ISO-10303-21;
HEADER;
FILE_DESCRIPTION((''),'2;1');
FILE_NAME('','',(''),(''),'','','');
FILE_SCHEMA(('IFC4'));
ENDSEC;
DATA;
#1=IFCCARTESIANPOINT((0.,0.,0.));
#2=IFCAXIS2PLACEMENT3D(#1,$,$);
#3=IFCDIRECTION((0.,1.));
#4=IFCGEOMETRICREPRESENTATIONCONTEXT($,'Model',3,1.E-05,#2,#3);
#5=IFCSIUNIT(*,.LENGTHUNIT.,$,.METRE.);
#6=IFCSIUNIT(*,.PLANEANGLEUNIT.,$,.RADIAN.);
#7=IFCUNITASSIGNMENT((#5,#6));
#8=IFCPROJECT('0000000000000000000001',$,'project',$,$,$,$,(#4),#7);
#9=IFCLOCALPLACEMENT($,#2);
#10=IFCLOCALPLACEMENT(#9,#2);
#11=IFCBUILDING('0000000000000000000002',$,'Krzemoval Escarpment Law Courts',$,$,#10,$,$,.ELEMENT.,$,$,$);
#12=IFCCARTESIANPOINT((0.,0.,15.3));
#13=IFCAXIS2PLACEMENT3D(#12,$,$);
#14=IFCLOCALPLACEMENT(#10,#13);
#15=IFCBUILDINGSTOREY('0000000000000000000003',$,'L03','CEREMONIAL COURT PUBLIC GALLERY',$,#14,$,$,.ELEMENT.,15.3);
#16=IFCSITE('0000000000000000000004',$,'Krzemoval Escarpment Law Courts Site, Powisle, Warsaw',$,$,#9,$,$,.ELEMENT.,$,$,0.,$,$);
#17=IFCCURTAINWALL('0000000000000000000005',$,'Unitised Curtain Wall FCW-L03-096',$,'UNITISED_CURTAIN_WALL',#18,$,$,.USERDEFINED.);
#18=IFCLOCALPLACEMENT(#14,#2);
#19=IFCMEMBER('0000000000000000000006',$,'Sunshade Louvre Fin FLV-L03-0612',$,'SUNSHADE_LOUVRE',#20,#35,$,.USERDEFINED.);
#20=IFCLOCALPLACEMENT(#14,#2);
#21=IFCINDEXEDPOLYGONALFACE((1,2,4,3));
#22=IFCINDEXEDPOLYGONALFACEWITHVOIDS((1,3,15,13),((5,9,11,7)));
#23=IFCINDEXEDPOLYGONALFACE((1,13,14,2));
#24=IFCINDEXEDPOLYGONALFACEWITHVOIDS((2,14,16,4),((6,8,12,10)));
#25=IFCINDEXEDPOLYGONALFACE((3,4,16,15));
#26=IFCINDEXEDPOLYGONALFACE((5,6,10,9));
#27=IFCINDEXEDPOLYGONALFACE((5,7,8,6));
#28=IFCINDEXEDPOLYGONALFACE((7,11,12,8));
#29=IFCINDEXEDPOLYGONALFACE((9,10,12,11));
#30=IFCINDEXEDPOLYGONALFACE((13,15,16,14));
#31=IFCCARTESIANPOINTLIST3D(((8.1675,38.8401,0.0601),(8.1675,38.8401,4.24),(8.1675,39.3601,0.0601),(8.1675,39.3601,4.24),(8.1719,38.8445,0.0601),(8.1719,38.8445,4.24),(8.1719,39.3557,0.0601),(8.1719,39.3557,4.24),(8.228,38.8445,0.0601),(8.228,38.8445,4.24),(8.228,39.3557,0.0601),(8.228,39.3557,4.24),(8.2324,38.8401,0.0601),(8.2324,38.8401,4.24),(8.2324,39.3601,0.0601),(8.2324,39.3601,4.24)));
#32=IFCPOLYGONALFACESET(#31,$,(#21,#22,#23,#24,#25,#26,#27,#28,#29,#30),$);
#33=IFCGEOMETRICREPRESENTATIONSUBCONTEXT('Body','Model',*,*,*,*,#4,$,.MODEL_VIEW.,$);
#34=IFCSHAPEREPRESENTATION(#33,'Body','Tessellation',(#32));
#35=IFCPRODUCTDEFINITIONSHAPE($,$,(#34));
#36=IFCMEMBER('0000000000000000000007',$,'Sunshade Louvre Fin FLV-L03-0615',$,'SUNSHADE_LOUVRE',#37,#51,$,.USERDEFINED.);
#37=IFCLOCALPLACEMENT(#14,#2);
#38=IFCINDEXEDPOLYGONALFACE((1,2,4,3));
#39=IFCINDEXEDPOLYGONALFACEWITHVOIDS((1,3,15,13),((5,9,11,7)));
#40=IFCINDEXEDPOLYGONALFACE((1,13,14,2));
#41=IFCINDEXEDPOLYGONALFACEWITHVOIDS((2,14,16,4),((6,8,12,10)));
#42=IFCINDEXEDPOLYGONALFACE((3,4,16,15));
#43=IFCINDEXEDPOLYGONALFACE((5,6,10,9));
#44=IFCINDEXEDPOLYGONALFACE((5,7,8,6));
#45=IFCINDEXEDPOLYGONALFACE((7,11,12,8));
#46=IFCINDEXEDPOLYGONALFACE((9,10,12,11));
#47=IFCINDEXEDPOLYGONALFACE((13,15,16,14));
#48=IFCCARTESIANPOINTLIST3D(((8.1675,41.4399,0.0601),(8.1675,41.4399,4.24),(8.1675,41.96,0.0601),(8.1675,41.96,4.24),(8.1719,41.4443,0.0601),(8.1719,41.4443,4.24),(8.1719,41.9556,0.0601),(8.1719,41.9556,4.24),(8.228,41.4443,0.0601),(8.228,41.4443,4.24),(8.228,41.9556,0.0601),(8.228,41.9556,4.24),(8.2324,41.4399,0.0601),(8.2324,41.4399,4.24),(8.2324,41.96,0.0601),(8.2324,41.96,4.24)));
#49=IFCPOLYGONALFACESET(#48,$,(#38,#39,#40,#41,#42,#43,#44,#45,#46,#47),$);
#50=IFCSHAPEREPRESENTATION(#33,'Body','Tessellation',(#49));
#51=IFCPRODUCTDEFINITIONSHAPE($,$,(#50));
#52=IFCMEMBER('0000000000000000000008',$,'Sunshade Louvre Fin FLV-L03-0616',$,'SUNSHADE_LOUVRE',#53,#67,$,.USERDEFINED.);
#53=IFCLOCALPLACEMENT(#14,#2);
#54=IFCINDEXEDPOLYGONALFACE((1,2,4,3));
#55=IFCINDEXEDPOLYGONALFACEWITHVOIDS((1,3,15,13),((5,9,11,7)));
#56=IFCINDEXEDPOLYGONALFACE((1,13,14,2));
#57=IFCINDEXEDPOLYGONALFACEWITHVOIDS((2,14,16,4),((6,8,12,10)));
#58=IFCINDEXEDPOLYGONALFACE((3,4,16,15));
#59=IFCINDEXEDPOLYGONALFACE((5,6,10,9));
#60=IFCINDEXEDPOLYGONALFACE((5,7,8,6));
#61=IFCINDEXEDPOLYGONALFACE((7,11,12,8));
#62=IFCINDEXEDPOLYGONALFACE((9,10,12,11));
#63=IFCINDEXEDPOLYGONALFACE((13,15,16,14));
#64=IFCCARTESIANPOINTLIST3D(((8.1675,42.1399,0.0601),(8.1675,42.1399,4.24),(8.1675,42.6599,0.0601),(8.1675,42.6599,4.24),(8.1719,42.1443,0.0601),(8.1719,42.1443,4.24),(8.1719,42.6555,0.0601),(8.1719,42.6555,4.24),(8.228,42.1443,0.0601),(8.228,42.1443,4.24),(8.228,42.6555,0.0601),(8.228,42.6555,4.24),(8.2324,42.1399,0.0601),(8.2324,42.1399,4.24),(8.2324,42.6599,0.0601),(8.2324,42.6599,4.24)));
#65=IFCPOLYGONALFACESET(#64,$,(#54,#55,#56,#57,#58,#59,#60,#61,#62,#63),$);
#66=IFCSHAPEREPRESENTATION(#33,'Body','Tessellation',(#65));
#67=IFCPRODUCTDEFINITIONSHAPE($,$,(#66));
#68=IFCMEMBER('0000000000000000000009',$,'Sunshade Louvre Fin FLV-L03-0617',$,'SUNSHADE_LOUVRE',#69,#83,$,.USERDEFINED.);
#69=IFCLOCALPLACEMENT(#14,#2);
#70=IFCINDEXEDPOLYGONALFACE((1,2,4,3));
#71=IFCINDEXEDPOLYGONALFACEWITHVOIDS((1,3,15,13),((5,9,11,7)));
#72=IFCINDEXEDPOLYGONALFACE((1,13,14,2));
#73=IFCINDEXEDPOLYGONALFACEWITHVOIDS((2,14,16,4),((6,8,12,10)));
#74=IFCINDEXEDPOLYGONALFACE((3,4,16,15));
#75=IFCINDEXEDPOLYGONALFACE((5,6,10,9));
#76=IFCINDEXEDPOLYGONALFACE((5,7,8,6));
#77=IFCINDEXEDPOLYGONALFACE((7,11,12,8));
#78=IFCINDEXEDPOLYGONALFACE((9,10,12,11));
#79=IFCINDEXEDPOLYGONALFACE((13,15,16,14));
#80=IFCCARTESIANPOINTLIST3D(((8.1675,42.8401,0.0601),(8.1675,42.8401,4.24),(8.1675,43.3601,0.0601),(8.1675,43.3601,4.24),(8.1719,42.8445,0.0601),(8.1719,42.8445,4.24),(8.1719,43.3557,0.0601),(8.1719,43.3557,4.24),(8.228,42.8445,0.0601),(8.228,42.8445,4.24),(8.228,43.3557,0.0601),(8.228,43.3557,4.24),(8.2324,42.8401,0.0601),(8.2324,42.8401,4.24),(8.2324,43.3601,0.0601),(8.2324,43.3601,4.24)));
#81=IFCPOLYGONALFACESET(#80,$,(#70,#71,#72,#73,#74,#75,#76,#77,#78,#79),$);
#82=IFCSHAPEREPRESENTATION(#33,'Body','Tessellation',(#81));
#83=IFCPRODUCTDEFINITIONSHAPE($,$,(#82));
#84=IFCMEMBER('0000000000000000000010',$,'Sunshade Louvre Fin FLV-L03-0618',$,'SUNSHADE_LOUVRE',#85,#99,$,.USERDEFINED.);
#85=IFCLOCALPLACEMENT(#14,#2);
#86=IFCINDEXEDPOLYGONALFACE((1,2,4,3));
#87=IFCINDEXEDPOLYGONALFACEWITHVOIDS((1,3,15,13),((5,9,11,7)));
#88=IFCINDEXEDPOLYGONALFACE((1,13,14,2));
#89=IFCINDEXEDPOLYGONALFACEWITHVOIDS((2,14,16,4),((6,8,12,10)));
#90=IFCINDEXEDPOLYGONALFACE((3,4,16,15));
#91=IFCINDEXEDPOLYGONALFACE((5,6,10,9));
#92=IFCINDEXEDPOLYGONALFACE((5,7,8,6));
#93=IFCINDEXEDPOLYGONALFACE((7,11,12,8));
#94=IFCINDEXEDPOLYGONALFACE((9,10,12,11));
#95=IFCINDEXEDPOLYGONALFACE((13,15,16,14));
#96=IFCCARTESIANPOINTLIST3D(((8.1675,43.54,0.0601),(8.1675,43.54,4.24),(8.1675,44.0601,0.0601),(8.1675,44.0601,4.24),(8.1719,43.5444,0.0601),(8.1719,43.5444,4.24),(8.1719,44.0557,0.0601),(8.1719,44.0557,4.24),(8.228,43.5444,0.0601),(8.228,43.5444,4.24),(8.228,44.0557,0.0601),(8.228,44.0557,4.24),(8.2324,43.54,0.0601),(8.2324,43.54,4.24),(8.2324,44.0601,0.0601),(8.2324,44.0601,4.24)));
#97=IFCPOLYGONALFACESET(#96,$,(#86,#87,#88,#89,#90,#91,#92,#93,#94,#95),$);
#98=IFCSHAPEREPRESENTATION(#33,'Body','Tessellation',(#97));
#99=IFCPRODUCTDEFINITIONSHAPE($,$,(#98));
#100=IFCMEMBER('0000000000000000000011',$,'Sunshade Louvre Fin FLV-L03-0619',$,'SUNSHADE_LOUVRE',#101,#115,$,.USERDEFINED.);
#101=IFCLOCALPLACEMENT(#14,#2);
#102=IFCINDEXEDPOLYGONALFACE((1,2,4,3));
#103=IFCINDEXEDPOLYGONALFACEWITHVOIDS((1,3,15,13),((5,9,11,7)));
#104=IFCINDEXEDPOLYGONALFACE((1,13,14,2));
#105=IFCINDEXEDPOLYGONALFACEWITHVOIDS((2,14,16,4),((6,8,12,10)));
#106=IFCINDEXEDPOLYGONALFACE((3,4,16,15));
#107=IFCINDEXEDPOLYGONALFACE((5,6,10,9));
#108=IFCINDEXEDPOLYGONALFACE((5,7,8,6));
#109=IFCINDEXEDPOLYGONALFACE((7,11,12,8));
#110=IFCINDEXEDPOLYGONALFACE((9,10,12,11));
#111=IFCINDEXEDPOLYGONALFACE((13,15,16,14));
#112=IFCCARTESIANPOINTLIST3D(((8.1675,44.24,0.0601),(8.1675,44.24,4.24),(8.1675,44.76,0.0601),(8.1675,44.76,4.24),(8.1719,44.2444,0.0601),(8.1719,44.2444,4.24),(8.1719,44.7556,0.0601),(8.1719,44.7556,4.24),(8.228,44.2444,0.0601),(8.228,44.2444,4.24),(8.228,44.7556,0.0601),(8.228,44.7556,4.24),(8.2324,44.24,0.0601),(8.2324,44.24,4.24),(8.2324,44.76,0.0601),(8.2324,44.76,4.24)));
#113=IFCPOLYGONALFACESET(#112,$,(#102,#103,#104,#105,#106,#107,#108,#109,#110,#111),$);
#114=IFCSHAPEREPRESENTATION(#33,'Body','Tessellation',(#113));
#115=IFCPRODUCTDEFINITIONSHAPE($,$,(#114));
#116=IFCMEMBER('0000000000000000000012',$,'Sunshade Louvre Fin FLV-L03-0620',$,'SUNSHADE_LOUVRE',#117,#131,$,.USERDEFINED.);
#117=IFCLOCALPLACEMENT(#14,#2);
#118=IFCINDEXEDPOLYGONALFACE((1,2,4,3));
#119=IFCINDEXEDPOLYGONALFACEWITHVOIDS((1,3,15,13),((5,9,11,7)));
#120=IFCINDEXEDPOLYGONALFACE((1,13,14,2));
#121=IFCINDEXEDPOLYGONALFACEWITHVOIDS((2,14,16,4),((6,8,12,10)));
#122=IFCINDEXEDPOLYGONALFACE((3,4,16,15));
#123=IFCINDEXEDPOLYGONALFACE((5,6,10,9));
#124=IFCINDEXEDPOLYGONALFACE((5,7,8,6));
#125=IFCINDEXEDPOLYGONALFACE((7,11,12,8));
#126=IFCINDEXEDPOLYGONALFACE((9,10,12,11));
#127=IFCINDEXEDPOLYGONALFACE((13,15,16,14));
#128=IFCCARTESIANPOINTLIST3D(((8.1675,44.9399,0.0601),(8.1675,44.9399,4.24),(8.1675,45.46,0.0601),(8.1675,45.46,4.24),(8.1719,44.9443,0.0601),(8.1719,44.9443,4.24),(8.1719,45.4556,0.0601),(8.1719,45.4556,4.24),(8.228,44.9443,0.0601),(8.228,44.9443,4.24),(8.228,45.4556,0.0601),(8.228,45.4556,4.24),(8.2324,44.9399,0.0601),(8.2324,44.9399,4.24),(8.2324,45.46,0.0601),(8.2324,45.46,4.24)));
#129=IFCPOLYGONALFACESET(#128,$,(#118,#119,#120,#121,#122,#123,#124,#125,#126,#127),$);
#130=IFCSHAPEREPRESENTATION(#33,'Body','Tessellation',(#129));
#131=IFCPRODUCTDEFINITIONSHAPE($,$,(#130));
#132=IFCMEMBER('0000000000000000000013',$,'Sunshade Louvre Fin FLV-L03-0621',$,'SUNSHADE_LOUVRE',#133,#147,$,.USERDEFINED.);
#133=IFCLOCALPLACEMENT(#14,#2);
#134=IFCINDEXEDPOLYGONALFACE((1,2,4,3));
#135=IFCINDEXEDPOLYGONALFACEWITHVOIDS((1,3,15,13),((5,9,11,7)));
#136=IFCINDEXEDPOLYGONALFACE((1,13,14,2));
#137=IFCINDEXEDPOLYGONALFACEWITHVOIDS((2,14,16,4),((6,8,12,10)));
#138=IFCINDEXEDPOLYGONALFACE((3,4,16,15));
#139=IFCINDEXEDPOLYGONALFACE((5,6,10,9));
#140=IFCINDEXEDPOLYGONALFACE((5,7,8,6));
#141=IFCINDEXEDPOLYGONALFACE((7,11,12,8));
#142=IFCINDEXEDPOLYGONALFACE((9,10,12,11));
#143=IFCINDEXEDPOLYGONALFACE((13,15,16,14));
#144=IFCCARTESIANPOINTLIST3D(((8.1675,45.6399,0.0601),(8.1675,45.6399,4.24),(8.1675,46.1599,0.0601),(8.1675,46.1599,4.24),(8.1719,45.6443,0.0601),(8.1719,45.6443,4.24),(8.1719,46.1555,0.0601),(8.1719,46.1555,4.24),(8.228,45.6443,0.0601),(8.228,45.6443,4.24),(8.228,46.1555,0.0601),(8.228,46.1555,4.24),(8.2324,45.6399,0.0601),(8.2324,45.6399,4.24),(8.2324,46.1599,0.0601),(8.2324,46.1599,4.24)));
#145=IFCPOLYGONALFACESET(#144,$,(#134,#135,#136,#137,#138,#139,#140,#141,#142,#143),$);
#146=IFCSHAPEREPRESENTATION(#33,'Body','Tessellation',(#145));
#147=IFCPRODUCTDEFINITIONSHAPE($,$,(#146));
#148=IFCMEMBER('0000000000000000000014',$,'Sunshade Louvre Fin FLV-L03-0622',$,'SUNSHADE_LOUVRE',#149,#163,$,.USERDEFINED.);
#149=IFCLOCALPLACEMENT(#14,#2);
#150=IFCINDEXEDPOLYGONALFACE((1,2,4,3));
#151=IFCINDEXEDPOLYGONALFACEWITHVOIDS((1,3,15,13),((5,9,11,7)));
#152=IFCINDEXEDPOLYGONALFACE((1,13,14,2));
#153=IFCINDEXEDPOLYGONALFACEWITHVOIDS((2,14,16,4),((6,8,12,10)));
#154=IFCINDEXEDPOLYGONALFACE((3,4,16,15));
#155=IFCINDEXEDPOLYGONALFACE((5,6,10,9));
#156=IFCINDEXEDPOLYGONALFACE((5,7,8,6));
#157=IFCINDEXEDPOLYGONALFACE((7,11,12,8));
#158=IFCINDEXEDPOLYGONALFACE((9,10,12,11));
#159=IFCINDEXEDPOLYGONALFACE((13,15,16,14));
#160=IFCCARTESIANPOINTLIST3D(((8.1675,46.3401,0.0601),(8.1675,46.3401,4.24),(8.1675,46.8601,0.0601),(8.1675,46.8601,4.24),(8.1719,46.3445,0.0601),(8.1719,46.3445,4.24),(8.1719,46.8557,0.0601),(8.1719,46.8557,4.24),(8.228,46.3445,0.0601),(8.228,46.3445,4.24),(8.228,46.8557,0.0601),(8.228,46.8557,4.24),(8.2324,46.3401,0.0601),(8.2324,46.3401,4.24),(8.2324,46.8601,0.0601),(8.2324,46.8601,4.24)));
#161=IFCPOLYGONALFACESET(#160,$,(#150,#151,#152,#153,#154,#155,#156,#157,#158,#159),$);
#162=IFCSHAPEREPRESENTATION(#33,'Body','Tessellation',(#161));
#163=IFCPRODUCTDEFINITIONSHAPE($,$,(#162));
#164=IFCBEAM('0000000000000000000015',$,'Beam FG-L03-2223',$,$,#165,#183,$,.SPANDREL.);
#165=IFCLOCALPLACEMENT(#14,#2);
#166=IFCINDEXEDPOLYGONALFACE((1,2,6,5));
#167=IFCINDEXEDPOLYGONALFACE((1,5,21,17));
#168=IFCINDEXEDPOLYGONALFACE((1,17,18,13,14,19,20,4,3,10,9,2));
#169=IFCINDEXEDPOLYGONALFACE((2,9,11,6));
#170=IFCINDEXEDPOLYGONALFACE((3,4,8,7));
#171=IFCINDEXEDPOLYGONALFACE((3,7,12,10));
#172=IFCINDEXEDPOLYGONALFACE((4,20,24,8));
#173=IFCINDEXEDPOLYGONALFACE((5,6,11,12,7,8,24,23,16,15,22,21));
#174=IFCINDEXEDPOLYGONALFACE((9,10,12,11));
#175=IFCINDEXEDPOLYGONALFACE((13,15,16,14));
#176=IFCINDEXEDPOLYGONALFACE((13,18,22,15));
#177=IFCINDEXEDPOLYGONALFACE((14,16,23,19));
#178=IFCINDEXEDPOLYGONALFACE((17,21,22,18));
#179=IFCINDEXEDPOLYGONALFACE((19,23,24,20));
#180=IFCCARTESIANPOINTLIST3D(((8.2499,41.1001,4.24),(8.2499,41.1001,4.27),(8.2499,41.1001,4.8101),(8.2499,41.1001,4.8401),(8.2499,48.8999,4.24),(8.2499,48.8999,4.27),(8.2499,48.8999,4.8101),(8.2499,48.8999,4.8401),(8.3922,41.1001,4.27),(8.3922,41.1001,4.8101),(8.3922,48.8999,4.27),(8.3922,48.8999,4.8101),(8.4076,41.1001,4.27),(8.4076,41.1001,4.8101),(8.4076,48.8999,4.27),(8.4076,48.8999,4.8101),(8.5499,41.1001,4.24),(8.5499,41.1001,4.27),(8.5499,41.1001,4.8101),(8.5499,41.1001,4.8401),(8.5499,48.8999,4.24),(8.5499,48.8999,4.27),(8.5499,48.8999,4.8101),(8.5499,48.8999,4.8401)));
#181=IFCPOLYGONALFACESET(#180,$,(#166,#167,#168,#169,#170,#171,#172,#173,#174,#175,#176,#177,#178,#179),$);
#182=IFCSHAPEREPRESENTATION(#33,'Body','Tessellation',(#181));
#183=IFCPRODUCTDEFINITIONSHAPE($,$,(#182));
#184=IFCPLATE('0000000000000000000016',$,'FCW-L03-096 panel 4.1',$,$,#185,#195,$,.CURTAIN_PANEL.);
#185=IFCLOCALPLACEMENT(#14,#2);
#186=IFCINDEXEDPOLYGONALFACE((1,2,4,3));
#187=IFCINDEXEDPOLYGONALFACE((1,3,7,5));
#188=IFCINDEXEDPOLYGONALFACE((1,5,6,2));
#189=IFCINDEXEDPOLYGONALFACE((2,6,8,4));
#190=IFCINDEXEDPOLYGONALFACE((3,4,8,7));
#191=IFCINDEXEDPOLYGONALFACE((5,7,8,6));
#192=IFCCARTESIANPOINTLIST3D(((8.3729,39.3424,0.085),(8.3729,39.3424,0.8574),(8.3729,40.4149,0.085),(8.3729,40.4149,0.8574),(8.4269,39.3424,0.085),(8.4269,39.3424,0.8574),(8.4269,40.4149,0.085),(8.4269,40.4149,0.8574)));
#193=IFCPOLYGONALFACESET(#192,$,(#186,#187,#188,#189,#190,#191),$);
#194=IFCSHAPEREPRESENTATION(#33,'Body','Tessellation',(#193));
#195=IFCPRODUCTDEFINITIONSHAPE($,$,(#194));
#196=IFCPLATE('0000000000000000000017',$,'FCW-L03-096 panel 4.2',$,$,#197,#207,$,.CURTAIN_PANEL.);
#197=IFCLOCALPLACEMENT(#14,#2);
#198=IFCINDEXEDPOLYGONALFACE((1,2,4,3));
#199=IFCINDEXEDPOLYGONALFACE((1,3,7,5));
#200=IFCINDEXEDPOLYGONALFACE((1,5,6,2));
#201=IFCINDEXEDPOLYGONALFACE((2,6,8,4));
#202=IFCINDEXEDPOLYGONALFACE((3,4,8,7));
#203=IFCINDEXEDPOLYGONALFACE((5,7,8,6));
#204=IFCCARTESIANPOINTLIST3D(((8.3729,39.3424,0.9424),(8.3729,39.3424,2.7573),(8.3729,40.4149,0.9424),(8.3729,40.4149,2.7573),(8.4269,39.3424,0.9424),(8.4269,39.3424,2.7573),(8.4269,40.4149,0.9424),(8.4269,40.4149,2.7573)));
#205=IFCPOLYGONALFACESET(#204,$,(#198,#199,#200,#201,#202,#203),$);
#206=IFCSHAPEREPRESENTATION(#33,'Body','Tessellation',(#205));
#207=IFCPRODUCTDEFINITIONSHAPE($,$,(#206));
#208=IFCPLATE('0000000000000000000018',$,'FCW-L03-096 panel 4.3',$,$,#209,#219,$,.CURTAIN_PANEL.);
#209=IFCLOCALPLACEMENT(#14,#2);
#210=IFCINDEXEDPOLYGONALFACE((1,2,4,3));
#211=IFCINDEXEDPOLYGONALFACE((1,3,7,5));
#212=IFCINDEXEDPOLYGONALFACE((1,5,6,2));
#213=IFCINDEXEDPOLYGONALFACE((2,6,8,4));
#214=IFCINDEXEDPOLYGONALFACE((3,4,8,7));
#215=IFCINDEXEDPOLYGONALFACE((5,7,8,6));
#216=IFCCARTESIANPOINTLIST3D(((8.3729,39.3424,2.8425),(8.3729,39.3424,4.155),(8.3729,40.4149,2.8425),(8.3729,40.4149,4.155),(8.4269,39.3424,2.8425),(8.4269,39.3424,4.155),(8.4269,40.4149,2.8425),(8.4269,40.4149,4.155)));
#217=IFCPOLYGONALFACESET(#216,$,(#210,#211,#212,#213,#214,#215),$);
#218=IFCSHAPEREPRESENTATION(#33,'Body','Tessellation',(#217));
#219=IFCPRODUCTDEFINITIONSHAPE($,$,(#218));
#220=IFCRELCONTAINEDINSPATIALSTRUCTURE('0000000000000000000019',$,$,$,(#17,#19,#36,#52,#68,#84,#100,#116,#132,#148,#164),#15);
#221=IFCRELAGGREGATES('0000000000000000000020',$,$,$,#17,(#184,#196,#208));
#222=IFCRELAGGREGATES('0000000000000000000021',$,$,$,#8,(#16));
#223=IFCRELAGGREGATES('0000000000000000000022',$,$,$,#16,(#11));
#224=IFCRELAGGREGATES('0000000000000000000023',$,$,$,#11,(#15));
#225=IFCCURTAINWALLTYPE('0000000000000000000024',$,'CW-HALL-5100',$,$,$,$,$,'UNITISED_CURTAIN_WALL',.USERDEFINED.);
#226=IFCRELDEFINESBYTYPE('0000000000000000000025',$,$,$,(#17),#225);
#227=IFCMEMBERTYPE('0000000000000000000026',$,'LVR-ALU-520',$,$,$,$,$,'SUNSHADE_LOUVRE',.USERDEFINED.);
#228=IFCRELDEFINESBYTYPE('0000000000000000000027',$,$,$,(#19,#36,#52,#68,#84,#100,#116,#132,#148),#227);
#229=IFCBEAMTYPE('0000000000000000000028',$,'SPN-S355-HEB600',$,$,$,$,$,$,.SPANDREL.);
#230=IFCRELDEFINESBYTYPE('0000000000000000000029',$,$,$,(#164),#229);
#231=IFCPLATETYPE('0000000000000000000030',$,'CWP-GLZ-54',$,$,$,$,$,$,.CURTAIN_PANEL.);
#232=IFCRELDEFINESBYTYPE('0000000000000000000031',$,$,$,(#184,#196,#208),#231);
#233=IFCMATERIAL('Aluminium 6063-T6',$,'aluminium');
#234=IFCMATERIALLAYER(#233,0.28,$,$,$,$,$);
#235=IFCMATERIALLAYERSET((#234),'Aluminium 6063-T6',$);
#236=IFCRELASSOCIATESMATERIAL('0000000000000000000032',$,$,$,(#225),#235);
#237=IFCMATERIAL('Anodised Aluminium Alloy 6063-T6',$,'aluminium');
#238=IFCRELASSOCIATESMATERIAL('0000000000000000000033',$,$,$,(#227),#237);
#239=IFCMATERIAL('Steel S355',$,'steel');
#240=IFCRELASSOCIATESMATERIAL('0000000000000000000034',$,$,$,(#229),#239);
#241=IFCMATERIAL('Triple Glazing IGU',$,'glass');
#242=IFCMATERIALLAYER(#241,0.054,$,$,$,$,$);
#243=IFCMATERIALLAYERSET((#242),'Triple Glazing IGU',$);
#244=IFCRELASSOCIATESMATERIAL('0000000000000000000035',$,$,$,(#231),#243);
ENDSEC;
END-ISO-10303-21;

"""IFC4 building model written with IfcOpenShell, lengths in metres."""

from ifc_helpers import new_model, si_unit, direction, frame, origin, origin_2d, place, context, subcontext, project, spatial, rectangle, hollow_rectangle, i_section, extrude, material, layer, layer_set, material_profile, profile_set, type_object, element, aggregate, save


model = new_model("IFC4")

# Units and contexts
model_context = context("Model", 3, precision=1e-05, world=origin(), true_north=direction((0.0, 1.0)))
body_context = subcontext(model_context, "Body", "Model", "MODEL_VIEW")
ifc_project = project(units=[si_unit("LENGTHUNIT", "METRE"), si_unit("PLANEANGLEUNIT", "RADIAN")], contexts=[model_context])

# Site, building, storey
site_placement = place(None, origin())
site = spatial("IfcSite", under=ifc_project, at=site_placement, Name="Krzemoval Escarpment Law Courts Site, Powisle, Warsaw", CompositionType="ELEMENT", RefElevation=0.0)
building_placement = place(site_placement, origin())
building = spatial("IfcBuilding", under=site, at=building_placement, Name="Krzemoval Escarpment Law Courts", CompositionType="ELEMENT")
storey_placement = place(building_placement, frame((0.0, 0.0, 15.3)))
storey = spatial("IfcBuildingStorey", under=building, at=storey_placement, Name="L03", Description="CEREMONIAL COURT PUBLIC GALLERY", CompositionType="ELEMENT", Elevation=15.3)

# Curtain wall
ifc_material_1 = material(Name="Aluminium 6063-T6", Category="aluminium")
ifc_layer_1 = layer(ifc_material_1, 0.28)
ifc_layer_set_1 = layer_set([ifc_layer_1], Name="Aluminium 6063-T6")
curtain_wall_type = type_object("IfcCurtainWallType", Name="CW-HALL-5100", ElementType="UNITISED_CURTAIN_WALL", PredefinedType="USERDEFINED", material=ifc_layer_set_1)
curtain_wall_1_placement = place(storey_placement, origin())
curtain_wall_1 = element("IfcCurtainWall", 1, at=curtain_wall_1_placement, inside=storey, type_object=curtain_wall_type, Name="Unitised Curtain Wall FCW-L03-096", ObjectType="UNITISED_CURTAIN_WALL", PredefinedType="USERDEFINED")

# Members
ifc_material_2 = material(Name="Anodised Aluminium Alloy 6063-T6", Category="aluminium")
ifc_material_profile_1 = material_profile(ifc_material_2, hollow_rectangle(XDim=0.0649, YDim=0.52, WallThickness=0.0044, at=origin_2d()), Name="ALU LVR 65x520")
ifc_profile_set_1 = profile_set([ifc_material_profile_1], Name="Anodised Aluminium Alloy 6063-T6")
member_type_1 = type_object("IfcMemberType", Name="LVR-ALU-520", ElementType="SUNSHADE_LOUVRE", PredefinedType="USERDEFINED", material=ifc_profile_set_1)
for number, where, z_axis, x_axis, name in (
    (2, (8.2, 39.1001, 0.0601), (0.0, 0.0, 1.0), (1.0, 0.0, 0.0), "Sunshade Louvre Fin FLV-L03-0612"),
    (3, (8.2, 41.7, 0.0601), (0.0, 0.0, 1.0), (1.0, 0.0, 0.0), "Sunshade Louvre Fin FLV-L03-0615"),
    (4, (8.2, 42.3999, 0.0601), (0.0, 0.0, 1.0), (1.0, 0.0, 0.0), "Sunshade Louvre Fin FLV-L03-0616"),
    (5, (8.2, 43.1001, 0.0601), (0.0, 0.0, 1.0), (1.0, 0.0, 0.0), "Sunshade Louvre Fin FLV-L03-0617"),
    (6, (8.2, 43.8, 0.0601), (0.0, 0.0, 1.0), (1.0, 0.0, 0.0), "Sunshade Louvre Fin FLV-L03-0618"),
    (7, (8.2, 44.5, 0.0601), (0.0, 0.0, 1.0), (1.0, 0.0, 0.0), "Sunshade Louvre Fin FLV-L03-0619"),
    (8, (8.2, 45.2, 0.0601), (0.0, 0.0, 1.0), (1.0, 0.0, 0.0), "Sunshade Louvre Fin FLV-L03-0620"),
    (9, (8.2, 45.8999, 0.0601), (0.0, 0.0, 1.0), (1.0, 0.0, 0.0), "Sunshade Louvre Fin FLV-L03-0621"),
    (10, (8.2, 46.6001, 0.0601), (0.0, 0.0, 1.0), (1.0, 0.0, 0.0), "Sunshade Louvre Fin FLV-L03-0622"),
):
    element("IfcMember", number, at=place(storey_placement, frame(where, z_axis=z_axis, x_axis=x_axis)), inside=storey, type_object=member_type_1, Name=name, ObjectType="SUNSHADE_LOUVRE", PredefinedType="USERDEFINED", context=body_context, shape_type="SweptSolid", body=[
        extrude(hollow_rectangle(XDim=0.0649, YDim=0.52, WallThickness=0.0044, at=origin_2d()), origin(), (0.0, 0.0, 1.0), 4.1799),
    ])

# Beam
ifc_material_3 = material(Name="Steel S355", Category="steel")
ifc_material_profile_2 = material_profile(ifc_material_3, i_section(OverallWidth=0.3, OverallDepth=0.6001, WebThickness=0.0154, FlangeThickness=0.03, at=origin_2d()), Name="HEB 600")
ifc_profile_set_2 = profile_set([ifc_material_profile_2], Name="Steel S355")
beam_type = type_object("IfcBeamType", Name="SPN-S355-HEB600", PredefinedType="SPANDREL", material=ifc_profile_set_2)
beam_placement = place(storey_placement, frame((8.3999, 41.1001, 4.54), z_axis=(0.0, 1.0, 0.0), x_axis=(-1.0, 0.0, 0.0)))
element("IfcBeam", 11, at=beam_placement, inside=storey, type_object=beam_type, Name="Beam FG-L03-2223", PredefinedType="SPANDREL", context=body_context, shape_type="SweptSolid", body=[
    extrude(i_section(OverallWidth=0.3, OverallDepth=0.6001, WebThickness=0.0154, FlangeThickness=0.03, at=origin_2d()), origin(), (0.0, 0.0, 1.0), 7.7998),
])

# Plates
ifc_material_4 = material(Name="Triple Glazing IGU", Category="glass")
ifc_layer_2 = layer(ifc_material_4, 0.054)
ifc_layer_set_2 = layer_set([ifc_layer_2], Name="Triple Glazing IGU")
plate_type = type_object("IfcPlateType", Name="CWP-GLZ-54", PredefinedType="CURTAIN_PANEL", material=ifc_layer_set_2)
plate_1_placement = place(storey_placement, frame((8.3999, 39.8787, 0.085), z_axis=(0.0, 0.0, 1.0), x_axis=(0.0, 1.0, 0.0)))
plate_1 = element("IfcPlate", 12, at=plate_1_placement, type_object=plate_type, Name="FCW-L03-096 panel 4.1", PredefinedType="CURTAIN_PANEL", context=body_context, shape_type="SweptSolid", body=[
    extrude(rectangle(XDim=1.0725, YDim=0.054, at=origin_2d()), origin(), (0.0, 0.0, 1.0), 0.7725),
])
plate_2_placement = place(storey_placement, frame((8.3999, 39.8787, 0.9424), z_axis=(0.0, 0.0, 1.0), x_axis=(0.0, 1.0, 0.0)))
plate_2 = element("IfcPlate", 13, at=plate_2_placement, type_object=plate_type, Name="FCW-L03-096 panel 4.2", PredefinedType="CURTAIN_PANEL", context=body_context, shape_type="SweptSolid", body=[
    extrude(rectangle(XDim=1.0725, YDim=0.054, at=origin_2d()), origin(), (0.0, 0.0, 1.0), 1.8149),
])
plate_3_placement = place(storey_placement, frame((8.3999, 39.8787, 2.8425), z_axis=(0.0, 0.0, 1.0), x_axis=(0.0, 1.0, 0.0)))
plate_3 = element("IfcPlate", 14, at=plate_3_placement, type_object=plate_type, Name="FCW-L03-096 panel 4.3", PredefinedType="CURTAIN_PANEL", context=body_context, shape_type="SweptSolid", body=[
    extrude(rectangle(XDim=1.0725, YDim=0.054, at=origin_2d()), origin(), (0.0, 0.0, 1.0), 1.3125),
])
aggregate(curtain_wall_1, [plate_1, plate_2, plate_3])

save(model, "model.ifc")
